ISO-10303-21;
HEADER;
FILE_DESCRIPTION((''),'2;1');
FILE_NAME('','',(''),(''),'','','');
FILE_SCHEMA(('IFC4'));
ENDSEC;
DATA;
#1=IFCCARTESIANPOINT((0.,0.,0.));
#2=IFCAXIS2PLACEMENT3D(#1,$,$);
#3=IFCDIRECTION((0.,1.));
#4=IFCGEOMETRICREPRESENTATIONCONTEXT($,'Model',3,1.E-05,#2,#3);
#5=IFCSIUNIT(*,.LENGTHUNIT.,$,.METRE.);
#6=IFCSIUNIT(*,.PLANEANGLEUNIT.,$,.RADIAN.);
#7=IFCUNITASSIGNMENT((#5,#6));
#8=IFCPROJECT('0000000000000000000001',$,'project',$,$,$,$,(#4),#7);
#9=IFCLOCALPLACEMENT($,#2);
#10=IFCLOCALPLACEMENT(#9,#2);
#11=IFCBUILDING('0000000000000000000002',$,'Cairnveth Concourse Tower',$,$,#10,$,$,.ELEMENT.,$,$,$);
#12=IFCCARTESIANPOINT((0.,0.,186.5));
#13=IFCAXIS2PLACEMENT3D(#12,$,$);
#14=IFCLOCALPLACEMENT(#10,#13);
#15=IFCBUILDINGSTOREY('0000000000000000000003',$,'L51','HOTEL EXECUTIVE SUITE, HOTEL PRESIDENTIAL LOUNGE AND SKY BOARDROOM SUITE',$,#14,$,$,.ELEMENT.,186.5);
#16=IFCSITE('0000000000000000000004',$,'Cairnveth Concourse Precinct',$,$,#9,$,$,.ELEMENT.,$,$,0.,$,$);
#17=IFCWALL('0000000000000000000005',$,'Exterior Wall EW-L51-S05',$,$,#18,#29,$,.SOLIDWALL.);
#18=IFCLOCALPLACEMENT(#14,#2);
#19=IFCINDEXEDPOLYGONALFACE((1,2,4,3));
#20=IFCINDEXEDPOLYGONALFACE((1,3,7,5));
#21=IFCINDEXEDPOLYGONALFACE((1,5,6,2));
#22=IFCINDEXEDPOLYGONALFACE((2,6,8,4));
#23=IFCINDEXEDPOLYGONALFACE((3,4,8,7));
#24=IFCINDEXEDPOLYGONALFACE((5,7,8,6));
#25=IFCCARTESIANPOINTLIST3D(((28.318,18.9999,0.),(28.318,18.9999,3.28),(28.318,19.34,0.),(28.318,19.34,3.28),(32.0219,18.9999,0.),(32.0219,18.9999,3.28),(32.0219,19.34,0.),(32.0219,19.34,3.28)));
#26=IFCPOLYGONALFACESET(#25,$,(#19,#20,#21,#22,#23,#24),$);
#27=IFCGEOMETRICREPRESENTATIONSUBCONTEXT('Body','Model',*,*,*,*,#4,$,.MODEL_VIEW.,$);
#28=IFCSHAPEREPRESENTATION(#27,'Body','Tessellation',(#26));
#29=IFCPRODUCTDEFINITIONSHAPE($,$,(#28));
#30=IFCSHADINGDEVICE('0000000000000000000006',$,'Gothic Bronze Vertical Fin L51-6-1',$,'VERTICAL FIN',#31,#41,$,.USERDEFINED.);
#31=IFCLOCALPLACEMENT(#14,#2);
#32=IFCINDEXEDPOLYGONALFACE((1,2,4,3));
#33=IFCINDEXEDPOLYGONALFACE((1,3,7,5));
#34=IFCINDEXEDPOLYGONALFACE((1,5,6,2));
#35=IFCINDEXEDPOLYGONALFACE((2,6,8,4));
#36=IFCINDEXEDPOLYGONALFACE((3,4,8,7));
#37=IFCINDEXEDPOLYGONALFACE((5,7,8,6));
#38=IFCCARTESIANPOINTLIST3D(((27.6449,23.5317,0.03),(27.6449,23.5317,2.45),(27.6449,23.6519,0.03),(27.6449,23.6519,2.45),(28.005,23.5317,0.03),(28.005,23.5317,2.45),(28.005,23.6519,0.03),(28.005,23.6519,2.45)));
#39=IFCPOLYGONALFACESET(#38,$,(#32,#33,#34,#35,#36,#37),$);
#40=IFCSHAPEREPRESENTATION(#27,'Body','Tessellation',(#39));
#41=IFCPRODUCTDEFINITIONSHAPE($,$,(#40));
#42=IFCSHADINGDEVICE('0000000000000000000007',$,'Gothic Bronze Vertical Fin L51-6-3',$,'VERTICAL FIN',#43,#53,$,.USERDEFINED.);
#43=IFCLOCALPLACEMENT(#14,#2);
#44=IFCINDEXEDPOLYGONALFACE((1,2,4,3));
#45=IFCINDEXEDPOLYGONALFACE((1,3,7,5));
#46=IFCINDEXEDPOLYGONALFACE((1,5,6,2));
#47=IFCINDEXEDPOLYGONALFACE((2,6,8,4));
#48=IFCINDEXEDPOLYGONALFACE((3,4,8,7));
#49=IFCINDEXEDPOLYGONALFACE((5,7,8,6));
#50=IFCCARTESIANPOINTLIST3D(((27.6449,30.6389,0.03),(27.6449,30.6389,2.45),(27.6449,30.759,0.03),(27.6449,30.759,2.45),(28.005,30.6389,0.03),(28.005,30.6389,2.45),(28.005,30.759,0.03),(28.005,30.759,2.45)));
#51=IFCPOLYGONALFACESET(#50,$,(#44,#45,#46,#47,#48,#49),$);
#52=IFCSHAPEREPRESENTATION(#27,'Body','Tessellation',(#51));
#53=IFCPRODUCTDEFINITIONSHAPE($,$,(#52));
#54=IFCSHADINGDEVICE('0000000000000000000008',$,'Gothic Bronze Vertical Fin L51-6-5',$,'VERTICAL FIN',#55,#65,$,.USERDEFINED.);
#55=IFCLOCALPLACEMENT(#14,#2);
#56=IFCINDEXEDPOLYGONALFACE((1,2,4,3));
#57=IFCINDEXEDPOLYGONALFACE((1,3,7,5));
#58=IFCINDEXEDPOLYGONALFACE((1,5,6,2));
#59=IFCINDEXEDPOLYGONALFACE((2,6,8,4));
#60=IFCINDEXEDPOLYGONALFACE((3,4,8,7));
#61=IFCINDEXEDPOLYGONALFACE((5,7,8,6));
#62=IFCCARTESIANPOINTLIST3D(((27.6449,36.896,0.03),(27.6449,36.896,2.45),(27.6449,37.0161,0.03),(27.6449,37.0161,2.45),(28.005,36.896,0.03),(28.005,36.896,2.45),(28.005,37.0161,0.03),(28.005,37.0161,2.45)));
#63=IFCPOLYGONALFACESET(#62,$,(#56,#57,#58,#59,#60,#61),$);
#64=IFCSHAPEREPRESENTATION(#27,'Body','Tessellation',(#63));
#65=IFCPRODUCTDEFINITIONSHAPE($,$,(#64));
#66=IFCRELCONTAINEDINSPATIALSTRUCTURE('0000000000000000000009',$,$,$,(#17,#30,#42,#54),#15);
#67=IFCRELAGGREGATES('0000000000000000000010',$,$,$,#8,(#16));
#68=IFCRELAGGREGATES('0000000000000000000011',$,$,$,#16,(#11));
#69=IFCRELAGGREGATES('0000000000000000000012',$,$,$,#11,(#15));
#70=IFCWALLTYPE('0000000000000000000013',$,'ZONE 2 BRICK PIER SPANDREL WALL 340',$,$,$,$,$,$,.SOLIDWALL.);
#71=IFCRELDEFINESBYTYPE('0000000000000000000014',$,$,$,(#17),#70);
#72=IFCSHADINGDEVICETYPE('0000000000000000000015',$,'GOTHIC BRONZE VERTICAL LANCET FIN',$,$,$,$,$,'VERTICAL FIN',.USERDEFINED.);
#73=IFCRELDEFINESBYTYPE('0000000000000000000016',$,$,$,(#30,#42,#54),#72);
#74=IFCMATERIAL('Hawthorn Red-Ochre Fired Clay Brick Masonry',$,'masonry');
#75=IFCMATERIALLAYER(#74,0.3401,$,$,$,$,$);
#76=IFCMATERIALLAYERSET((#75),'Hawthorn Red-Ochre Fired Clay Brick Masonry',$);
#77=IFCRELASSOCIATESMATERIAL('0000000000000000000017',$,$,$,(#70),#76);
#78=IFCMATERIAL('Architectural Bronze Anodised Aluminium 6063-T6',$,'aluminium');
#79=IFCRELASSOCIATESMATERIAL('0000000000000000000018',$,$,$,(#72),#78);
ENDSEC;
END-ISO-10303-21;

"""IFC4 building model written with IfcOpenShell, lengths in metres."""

from ifc_helpers import new_model, si_unit, direction, frame, frame_2d, origin, origin_2d, place, context, subcontext, project, spatial, rectangle, extrude, material, layer, layer_set, type_object, element, save


model = new_model("IFC4")

# Units and contexts
model_context = context("Model", 3, precision=1e-05, world=origin(), true_north=direction((0.0, 1.0)))
body_context = subcontext(model_context, "Body", "Model", "MODEL_VIEW")
ifc_project = project(units=[si_unit("LENGTHUNIT", "METRE"), si_unit("PLANEANGLEUNIT", "RADIAN")], contexts=[model_context])

# Site, building, storey
site_placement = place(None, origin())
site = spatial("IfcSite", under=ifc_project, at=site_placement, Name="Cairnveth Concourse Precinct", CompositionType="ELEMENT", RefElevation=0.0)
building_placement = place(site_placement, origin())
building = spatial("IfcBuilding", under=site, at=building_placement, Name="Cairnveth Concourse Tower", CompositionType="ELEMENT")
storey_placement = place(building_placement, frame((0.0, 0.0, 186.5)))
storey = spatial("IfcBuildingStorey", under=building, at=storey_placement, Name="L51", Description="HOTEL EXECUTIVE SUITE, HOTEL PRESIDENTIAL LOUNGE AND SKY BOARDROOM SUITE", CompositionType="ELEMENT", Elevation=186.5)

# Wall
ifc_material_1 = material(Name="Hawthorn Red-Ochre Fired Clay Brick Masonry", Category="masonry")
ifc_layer_1 = layer(ifc_material_1, 0.3401)
ifc_layer_set_1 = layer_set([ifc_layer_1], Name="Hawthorn Red-Ochre Fired Clay Brick Masonry")
wall_type = type_object("IfcWallType", Name="ZONE 2 BRICK PIER SPANDREL WALL 340", PredefinedType="SOLIDWALL", material=ifc_layer_set_1)
wall_placement = place(storey_placement, frame((32.022, 19.1699, 0.0), z_axis=(0.0, 0.0, 1.0), x_axis=(-1.0, 0.0, 0.0)))
element("IfcWall", 1, at=wall_placement, inside=storey, type_object=wall_type, Name="Exterior Wall EW-L51-S05", PredefinedType="SOLIDWALL", context=body_context, shape_type="SweptSolid", body=[
    extrude(rectangle(XDim=3.7039, YDim=0.3401, at=frame_2d((1.8521, 0.0))), origin(), (0.0, 0.0, 1.0), 3.28),
])

# Shading devices
ifc_material_2 = material(Name="Architectural Bronze Anodised Aluminium 6063-T6", Category="aluminium")
shading_device_type = type_object("IfcShadingDeviceType", Name="GOTHIC BRONZE VERTICAL LANCET FIN", ElementType="VERTICAL FIN", PredefinedType="USERDEFINED", material=ifc_material_2)
for number, where, z_axis, x_axis, name in (
    (2, (27.825, 23.5918, 0.03), (0.0, 0.0, 1.0), (0.0, 1.0, 0.0), "Gothic Bronze Vertical Fin L51-6-1"),
    (3, (27.825, 30.699, 0.03), (0.0, 0.0, 1.0), (0.0, 1.0, 0.0), "Gothic Bronze Vertical Fin L51-6-3"),
    (4, (27.825, 36.9561, 0.03), (0.0, 0.0, 1.0), (0.0, 1.0, 0.0), "Gothic Bronze Vertical Fin L51-6-5"),
):
    element("IfcShadingDevice", number, at=place(storey_placement, frame(where, z_axis=z_axis, x_axis=x_axis)), inside=storey, type_object=shading_device_type, Name=name, ObjectType="VERTICAL FIN", PredefinedType="USERDEFINED", context=body_context, shape_type="SweptSolid", body=[
        extrude(rectangle(XDim=0.1201, YDim=0.3601, at=origin_2d()), origin(), (0.0, 0.0, 1.0), 2.4199),
    ])

save(model, "model.ifc")
